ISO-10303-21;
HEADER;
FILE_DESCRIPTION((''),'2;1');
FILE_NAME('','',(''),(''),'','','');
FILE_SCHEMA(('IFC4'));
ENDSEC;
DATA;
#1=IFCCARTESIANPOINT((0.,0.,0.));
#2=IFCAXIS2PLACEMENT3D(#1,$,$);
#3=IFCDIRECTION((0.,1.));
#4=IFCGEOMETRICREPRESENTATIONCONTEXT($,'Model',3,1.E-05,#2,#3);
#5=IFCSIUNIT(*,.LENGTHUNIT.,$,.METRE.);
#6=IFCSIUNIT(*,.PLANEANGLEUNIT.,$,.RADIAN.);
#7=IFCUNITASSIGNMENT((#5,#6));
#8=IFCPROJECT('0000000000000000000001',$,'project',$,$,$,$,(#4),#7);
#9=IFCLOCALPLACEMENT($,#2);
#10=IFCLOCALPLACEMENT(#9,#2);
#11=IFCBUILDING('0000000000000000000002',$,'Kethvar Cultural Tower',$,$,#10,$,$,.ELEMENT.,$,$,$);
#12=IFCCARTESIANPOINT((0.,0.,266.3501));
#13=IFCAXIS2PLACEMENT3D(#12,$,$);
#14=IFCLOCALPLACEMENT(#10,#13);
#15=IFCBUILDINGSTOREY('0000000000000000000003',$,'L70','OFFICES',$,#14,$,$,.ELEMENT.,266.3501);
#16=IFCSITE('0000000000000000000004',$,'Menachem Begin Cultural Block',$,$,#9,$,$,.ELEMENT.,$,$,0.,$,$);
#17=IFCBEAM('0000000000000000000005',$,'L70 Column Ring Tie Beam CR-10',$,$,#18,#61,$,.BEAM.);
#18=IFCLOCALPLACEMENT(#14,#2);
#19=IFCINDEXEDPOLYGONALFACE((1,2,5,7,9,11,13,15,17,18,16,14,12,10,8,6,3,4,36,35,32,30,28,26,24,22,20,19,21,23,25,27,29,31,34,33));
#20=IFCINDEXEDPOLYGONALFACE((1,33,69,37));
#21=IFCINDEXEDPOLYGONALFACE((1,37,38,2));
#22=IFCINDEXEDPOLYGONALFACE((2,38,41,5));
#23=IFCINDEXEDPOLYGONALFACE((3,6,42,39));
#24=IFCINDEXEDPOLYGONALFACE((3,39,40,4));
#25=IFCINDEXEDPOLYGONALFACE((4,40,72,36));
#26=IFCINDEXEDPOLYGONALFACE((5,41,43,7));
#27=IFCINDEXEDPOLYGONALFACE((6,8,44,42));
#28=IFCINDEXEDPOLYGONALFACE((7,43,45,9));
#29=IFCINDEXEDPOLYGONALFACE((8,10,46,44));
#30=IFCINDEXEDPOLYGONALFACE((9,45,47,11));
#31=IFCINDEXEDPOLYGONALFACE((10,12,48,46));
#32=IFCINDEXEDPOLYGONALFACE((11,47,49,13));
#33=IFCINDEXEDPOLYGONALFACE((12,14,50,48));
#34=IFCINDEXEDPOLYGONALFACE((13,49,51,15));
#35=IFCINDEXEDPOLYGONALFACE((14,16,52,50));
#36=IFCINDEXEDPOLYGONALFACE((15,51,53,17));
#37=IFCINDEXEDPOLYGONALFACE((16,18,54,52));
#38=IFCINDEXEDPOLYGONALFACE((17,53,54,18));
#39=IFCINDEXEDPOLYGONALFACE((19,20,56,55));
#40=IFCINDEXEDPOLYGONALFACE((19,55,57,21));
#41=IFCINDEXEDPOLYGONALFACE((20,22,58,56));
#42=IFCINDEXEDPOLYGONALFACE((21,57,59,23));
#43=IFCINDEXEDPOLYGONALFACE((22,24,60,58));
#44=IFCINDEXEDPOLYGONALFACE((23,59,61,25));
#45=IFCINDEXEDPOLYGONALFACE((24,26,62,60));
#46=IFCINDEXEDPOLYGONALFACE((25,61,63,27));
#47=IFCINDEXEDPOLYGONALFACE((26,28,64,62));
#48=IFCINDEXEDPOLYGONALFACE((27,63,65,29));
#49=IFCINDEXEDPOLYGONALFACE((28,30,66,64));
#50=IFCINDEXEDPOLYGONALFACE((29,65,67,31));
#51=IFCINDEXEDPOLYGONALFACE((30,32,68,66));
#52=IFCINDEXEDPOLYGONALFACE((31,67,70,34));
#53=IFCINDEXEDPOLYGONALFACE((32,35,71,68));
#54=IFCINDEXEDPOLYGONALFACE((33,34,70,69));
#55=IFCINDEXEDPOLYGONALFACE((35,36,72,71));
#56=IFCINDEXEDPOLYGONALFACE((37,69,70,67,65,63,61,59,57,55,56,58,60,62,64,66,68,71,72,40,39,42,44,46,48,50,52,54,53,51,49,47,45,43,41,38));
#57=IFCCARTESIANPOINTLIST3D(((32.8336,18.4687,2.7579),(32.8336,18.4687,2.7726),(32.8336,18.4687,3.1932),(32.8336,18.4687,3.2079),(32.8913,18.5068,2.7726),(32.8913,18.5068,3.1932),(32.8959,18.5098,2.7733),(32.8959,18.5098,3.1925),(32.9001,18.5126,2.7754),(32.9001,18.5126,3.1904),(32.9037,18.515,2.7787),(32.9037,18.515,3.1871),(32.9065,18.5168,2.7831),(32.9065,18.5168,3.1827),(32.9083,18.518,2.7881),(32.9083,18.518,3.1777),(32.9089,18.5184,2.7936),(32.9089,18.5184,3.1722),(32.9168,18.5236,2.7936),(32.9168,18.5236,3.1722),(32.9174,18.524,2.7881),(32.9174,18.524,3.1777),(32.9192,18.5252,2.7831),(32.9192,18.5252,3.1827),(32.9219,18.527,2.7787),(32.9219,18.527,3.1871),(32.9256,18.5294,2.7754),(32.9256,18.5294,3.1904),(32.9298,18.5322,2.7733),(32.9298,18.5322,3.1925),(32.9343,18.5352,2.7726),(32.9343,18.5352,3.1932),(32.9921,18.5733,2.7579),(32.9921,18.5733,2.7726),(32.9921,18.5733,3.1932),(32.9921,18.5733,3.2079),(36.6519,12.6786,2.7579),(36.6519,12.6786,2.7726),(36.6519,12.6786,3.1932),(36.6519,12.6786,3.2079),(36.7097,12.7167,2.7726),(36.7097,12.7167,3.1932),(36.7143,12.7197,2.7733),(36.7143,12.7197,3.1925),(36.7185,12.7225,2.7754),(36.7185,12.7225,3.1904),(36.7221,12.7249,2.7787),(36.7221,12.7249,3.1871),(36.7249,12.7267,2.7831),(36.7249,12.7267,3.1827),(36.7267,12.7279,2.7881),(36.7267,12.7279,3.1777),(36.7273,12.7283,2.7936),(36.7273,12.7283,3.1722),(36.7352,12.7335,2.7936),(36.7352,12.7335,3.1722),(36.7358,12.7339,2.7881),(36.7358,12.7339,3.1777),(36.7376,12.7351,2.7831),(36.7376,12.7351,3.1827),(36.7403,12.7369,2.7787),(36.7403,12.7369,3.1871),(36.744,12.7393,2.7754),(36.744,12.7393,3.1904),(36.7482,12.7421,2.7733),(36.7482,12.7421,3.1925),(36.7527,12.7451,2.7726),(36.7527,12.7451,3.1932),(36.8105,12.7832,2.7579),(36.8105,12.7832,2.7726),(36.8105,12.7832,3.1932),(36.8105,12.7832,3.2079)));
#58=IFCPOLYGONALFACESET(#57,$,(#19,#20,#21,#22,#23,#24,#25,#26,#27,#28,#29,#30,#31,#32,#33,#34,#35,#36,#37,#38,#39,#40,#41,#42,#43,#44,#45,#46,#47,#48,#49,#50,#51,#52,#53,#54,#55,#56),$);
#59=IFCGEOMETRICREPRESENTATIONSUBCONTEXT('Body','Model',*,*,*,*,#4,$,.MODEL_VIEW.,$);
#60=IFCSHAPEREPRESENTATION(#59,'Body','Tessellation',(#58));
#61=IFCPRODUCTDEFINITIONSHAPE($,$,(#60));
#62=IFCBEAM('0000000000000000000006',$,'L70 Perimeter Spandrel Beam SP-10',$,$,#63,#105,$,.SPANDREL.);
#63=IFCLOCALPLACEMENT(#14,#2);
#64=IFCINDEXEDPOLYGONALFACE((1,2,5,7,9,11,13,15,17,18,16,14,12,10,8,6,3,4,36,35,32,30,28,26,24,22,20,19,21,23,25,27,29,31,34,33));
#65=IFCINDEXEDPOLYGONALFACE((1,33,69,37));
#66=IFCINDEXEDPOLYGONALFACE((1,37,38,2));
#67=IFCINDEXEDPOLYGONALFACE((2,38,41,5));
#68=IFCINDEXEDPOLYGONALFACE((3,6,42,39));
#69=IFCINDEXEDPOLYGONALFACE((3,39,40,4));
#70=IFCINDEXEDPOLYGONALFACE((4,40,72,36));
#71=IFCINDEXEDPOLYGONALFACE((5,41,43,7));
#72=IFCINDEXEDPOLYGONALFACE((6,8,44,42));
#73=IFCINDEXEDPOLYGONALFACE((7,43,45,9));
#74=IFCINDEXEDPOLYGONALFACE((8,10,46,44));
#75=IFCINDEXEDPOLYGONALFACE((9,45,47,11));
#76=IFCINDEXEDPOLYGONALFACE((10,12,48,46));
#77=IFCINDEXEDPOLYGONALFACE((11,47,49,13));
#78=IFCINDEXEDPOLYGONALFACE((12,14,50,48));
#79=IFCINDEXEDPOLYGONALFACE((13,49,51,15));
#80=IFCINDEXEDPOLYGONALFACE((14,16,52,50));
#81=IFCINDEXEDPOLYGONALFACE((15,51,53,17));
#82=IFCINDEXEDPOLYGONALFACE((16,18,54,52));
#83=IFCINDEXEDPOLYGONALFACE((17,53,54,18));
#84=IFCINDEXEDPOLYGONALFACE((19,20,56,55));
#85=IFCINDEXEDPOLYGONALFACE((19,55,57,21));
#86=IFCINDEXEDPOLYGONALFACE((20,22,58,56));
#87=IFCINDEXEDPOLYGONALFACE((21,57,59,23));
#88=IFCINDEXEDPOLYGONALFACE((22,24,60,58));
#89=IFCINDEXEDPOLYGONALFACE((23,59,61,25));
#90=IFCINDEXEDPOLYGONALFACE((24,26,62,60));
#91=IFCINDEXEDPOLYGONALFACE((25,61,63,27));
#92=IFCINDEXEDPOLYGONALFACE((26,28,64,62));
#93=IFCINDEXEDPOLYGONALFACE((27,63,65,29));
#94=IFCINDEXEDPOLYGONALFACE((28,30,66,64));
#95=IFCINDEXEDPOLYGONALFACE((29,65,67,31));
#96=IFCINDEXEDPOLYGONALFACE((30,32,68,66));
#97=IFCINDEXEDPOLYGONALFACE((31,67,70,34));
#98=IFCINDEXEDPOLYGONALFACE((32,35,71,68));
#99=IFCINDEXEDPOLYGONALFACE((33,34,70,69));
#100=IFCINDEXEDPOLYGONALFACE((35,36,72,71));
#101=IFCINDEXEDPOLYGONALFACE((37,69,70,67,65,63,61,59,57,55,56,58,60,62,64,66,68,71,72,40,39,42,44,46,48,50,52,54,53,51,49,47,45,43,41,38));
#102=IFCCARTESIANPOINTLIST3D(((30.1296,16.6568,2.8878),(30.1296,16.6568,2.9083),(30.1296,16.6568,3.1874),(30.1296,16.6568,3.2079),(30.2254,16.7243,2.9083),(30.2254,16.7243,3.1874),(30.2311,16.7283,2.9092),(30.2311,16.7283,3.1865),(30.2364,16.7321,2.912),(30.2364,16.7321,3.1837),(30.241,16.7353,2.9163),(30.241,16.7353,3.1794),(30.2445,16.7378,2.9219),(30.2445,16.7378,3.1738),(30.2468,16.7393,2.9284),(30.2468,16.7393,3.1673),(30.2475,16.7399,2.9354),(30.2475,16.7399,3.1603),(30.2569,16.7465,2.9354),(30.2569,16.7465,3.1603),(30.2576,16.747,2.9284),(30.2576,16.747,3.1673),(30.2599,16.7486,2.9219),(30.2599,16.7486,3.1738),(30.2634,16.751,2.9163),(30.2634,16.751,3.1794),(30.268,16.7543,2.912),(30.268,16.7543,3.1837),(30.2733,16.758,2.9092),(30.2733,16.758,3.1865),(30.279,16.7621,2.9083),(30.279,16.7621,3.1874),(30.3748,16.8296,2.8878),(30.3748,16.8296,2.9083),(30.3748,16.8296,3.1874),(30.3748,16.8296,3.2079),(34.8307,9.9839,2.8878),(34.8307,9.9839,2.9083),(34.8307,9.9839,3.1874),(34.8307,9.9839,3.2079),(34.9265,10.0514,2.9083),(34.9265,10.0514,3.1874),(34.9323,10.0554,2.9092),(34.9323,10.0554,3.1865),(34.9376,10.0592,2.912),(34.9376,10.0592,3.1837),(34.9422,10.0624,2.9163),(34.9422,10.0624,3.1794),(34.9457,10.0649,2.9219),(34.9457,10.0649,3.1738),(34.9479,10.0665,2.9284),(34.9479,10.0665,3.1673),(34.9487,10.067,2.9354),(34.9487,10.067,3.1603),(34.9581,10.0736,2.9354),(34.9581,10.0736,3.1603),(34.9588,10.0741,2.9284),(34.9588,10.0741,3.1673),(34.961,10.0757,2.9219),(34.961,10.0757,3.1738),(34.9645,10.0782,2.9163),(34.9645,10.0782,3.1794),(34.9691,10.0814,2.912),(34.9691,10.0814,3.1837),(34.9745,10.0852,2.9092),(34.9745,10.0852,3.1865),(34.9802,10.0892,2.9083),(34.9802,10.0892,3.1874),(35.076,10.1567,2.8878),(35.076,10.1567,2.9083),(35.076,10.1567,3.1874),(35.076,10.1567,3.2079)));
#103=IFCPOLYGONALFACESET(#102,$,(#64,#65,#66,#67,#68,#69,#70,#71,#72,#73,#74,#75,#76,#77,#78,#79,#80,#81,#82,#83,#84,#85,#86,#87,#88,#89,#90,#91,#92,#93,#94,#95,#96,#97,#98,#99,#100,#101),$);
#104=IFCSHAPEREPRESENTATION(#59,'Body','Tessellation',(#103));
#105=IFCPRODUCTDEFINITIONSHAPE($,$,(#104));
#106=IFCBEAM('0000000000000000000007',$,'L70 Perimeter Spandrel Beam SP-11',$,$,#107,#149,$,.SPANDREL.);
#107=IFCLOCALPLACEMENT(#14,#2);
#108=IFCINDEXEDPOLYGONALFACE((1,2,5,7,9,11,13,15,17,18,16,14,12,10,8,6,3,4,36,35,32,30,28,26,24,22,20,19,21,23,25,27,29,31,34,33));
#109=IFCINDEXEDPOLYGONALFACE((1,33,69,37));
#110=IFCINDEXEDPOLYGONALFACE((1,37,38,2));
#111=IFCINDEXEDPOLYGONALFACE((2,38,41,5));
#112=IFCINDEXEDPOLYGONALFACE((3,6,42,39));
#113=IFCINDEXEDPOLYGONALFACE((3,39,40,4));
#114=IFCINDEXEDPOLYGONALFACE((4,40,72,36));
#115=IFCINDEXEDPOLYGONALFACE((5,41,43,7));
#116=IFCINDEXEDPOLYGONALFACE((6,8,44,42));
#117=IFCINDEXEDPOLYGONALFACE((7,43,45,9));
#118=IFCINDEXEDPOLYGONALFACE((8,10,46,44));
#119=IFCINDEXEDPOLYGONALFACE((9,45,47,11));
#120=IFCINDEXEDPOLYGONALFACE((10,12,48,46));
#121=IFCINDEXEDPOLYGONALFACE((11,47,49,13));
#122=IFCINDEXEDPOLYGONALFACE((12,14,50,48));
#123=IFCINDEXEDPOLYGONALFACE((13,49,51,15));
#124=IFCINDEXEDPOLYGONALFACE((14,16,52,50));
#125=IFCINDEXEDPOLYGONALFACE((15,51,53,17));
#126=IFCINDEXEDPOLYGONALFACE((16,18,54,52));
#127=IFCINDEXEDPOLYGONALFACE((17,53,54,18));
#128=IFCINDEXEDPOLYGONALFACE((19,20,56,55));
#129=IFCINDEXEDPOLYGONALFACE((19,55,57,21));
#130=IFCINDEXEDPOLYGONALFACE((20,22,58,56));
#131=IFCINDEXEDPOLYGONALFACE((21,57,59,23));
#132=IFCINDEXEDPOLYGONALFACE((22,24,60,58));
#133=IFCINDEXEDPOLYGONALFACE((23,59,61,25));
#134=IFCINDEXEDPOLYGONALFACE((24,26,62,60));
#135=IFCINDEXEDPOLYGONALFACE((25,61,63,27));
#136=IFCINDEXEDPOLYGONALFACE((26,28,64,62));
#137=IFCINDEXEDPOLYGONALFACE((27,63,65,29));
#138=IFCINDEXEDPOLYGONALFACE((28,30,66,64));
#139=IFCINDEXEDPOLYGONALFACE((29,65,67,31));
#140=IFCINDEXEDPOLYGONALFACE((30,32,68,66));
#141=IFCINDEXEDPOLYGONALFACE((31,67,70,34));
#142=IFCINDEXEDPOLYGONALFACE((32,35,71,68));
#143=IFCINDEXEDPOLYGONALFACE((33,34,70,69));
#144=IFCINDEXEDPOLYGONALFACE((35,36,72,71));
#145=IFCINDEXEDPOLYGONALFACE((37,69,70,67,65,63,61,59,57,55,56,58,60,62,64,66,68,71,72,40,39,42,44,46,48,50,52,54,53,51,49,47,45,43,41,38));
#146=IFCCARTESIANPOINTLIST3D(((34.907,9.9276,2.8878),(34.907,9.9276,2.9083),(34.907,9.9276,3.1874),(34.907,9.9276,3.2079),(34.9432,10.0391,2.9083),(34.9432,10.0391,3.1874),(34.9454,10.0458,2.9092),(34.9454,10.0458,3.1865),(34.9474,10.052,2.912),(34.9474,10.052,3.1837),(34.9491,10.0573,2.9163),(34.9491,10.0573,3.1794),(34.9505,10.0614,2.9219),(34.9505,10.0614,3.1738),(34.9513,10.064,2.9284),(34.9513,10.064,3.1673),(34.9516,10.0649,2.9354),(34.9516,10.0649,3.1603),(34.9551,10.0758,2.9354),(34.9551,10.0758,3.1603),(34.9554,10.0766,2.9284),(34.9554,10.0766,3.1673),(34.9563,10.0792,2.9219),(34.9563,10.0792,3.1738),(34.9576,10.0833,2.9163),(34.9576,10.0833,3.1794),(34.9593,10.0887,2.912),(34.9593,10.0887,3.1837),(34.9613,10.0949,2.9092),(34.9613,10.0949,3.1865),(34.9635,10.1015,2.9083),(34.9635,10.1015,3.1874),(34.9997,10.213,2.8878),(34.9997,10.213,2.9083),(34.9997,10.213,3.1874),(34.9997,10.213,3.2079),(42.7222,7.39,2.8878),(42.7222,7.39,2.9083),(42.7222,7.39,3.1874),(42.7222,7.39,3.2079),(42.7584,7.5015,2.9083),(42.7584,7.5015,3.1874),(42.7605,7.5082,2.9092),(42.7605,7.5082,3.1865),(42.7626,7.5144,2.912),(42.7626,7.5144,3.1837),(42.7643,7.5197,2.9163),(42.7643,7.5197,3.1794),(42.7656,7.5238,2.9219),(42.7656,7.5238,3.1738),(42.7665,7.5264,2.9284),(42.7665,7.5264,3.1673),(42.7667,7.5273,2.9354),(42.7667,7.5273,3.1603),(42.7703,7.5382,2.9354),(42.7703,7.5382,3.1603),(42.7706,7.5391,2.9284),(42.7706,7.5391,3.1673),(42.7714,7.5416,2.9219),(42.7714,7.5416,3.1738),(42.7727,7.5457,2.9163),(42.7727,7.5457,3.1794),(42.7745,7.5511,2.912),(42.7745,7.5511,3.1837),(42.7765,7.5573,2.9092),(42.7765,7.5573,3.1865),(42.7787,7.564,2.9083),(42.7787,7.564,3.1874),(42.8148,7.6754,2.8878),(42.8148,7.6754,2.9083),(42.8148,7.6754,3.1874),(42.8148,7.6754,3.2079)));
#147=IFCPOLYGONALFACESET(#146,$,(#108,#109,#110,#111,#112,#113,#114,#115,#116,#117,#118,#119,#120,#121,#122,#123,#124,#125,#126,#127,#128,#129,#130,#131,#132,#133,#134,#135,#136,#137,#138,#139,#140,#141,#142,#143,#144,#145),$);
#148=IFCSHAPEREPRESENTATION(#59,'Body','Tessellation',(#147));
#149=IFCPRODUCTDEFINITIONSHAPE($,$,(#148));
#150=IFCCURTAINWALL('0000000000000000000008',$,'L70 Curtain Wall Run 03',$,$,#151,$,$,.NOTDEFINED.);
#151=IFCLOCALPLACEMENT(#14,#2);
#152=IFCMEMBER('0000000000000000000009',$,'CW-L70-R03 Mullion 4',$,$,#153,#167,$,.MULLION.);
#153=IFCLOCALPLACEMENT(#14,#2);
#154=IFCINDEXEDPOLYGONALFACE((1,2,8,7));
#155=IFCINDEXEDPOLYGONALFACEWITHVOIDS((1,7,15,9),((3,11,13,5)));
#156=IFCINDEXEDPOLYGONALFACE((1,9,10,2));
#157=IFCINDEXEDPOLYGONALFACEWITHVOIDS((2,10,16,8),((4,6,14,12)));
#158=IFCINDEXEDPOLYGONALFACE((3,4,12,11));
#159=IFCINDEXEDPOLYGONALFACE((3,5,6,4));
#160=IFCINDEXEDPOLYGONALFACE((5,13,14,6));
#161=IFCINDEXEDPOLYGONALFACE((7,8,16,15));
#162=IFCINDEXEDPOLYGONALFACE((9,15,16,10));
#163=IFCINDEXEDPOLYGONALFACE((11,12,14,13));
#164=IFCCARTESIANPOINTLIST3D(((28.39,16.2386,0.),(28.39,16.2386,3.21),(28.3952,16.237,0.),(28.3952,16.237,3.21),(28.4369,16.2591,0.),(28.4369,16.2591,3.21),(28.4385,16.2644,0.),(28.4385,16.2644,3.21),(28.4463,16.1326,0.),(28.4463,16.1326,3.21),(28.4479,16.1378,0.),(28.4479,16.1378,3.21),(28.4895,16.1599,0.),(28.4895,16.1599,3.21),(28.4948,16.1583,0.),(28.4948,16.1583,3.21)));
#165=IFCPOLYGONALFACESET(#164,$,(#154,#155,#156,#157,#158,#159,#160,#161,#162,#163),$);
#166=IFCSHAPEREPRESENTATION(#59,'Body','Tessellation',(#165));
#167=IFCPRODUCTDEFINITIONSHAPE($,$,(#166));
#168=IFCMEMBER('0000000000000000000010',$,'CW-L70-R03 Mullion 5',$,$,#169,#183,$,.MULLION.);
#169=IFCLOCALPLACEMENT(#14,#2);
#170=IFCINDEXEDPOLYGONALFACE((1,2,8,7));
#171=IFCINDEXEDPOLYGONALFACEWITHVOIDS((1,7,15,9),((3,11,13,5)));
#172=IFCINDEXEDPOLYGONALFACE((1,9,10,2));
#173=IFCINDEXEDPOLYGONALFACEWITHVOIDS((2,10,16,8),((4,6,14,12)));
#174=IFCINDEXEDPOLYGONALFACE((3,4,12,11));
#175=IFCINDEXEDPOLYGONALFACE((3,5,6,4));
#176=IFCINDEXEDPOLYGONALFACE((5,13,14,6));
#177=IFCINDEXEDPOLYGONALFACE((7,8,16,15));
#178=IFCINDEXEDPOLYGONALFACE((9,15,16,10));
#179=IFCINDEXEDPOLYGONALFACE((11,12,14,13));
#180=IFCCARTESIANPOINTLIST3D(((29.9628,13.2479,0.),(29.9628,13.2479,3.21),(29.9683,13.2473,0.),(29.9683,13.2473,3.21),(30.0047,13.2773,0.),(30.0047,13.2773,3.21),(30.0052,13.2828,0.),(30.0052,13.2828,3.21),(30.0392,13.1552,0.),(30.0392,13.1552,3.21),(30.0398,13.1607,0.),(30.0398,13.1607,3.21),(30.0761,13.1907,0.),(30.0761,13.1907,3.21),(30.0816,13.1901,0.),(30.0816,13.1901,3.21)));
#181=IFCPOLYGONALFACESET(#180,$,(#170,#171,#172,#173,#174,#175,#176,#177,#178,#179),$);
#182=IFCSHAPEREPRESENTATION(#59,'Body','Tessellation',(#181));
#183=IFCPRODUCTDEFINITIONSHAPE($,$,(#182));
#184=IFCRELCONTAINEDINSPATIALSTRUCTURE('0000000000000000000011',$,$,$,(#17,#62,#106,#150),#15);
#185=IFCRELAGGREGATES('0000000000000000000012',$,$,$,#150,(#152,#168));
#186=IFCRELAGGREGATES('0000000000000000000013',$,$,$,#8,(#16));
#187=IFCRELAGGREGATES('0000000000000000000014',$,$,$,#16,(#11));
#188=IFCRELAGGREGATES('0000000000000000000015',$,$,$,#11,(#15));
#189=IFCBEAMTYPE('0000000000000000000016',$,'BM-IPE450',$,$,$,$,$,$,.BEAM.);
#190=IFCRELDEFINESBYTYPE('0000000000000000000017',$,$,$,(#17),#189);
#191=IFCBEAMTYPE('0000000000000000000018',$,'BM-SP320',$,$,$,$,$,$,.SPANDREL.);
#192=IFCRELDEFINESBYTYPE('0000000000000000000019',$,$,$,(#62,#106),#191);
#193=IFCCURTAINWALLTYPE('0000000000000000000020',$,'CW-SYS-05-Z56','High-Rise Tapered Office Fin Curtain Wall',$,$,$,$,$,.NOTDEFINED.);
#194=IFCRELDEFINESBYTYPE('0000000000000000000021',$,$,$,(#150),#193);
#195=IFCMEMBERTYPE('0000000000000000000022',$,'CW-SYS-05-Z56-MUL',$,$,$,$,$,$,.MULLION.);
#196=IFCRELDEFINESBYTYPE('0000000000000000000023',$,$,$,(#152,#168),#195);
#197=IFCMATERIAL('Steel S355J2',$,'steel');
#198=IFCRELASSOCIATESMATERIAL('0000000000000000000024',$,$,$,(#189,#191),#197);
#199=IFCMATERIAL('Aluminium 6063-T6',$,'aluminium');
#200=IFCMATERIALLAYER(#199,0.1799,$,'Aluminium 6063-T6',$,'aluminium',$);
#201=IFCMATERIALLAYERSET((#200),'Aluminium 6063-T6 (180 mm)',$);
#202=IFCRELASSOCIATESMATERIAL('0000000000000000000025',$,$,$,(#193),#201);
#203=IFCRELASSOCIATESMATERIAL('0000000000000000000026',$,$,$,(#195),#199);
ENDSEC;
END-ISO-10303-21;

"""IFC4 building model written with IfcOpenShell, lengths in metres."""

from ifc_helpers import new_model, si_unit, direction, frame, origin, origin_2d, place, context, subcontext, project, spatial, hollow_rectangle, i_section, extrude, source, transform, mapped, material, layer, layer_set, material_profile, profile_set, type_object, element, aggregate, save


model = new_model("IFC4")

# Units and contexts
model_context = context("Model", 3, precision=1e-05, world=origin(), true_north=direction((0.0, 1.0)))
body_context = subcontext(model_context, "Body", "Model", "MODEL_VIEW")
ifc_project = project(units=[si_unit("LENGTHUNIT", "METRE"), si_unit("PLANEANGLEUNIT", "RADIAN")], contexts=[model_context])

# Site, building, storey
site_placement = place(None, origin())
site = spatial("IfcSite", under=ifc_project, at=site_placement, Name="Menachem Begin Cultural Block", CompositionType="ELEMENT", RefElevation=0.0)
building_placement = place(site_placement, origin())
building = spatial("IfcBuilding", under=site, at=building_placement, Name="Kethvar Cultural Tower", CompositionType="ELEMENT")
storey_placement = place(building_placement, frame((0.0, 0.0, 266.3501)))
storey = spatial("IfcBuildingStorey", under=building, at=storey_placement, Name="L70", Description="OFFICES", CompositionType="ELEMENT", Elevation=266.3501)

# Shared definitions
ifc_material_1 = material(Name="Steel S355J2", Category="steel")

# Beams
ifc_material_profile_1 = material_profile(ifc_material_1, i_section(OverallWidth=0.1899, OverallDepth=0.45, WebThickness=0.0095, FlangeThickness=0.0146, FilletRadius=0.021, at=origin_2d()), Name="Steel S355J2 — IPE450")
ifc_profile_set_1 = profile_set([ifc_material_profile_1], Name="Steel S355J2 — IPE450")
beam_type_1 = type_object("IfcBeamType", Name="BM-IPE450", PredefinedType="BEAM", material=ifc_profile_set_1)
ifc_material_profile_2 = material_profile(ifc_material_1, i_section(OverallWidth=0.3, OverallDepth=0.3201, WebThickness=0.0115, FlangeThickness=0.0205, FilletRadius=0.0271, at=origin_2d()), Name="Steel S355J2 — HEB320")
ifc_profile_set_2 = profile_set([ifc_material_profile_2], Name="Steel S355J2 — HEB320")
beam_type_2 = type_object("IfcBeamType", Name="BM-SP320", PredefinedType="SPANDREL", material=ifc_profile_set_2)
shared_shape_1 = source(origin(), body_context, "Body", "SweptSolid", [
    extrude(i_section(OverallWidth=0.1899, OverallDepth=0.45, WebThickness=0.0095, FlangeThickness=0.0146, FilletRadius=0.021, at=origin_2d()), origin(), (0.0, 0.0, 1.0), 6.9358),
])
beam_1_placement = place(storey_placement, frame((32.9128, 18.521, 2.9829), z_axis=(0.550534, -0.834813, 0.0), x_axis=(0.834813, 0.550534, 0.0)))
element("IfcBeam", 1, at=beam_1_placement, inside=storey, type_object=beam_type_1, Name="L70 Column Ring Tie Beam CR-10", PredefinedType="BEAM", context=body_context, shape_type="MappedRepresentation", body=[
    mapped(shared_shape_1, transform((0.0, 0.0, 0.0), scale=1.0)),
])
shared_shape_2 = source(origin(), body_context, "Body", "SweptSolid", [
    extrude(i_section(OverallWidth=0.3, OverallDepth=0.3201, WebThickness=0.0115, FlangeThickness=0.0205, FilletRadius=0.0271, at=origin_2d()), origin(), (0.0, 0.0, 1.0), 8.1626),
])
beam_2_placement = place(storey_placement, frame((30.2522, 16.7432, 3.0479), z_axis=(0.575941, -0.817491, 0.0), x_axis=(0.817491, 0.575941, 0.0)))
element("IfcBeam", 2, at=beam_2_placement, inside=storey, type_object=beam_type_2, Name="L70 Perimeter Spandrel Beam SP-10", PredefinedType="SPANDREL", context=body_context, shape_type="MappedRepresentation", body=[
    mapped(shared_shape_2, transform((0.0, 0.0, 0.0), scale=1.0)),
])
shared_shape_3 = source(origin(), body_context, "Body", "SweptSolid", [
    extrude(i_section(OverallWidth=0.3, OverallDepth=0.3201, WebThickness=0.0115, FlangeThickness=0.0205, FilletRadius=0.0271, at=origin_2d()), origin(), (0.0, 0.0, 1.0), 8.2168),
])
beam_3_placement = place(storey_placement, frame((34.9534, 10.0703, 3.0479), z_axis=(0.951118, -0.308829, 0.0), x_axis=(0.308829, 0.951118, 0.0)))
element("IfcBeam", 3, at=beam_3_placement, inside=storey, type_object=beam_type_2, Name="L70 Perimeter Spandrel Beam SP-11", PredefinedType="SPANDREL", context=body_context, shape_type="MappedRepresentation", body=[
    mapped(shared_shape_3, transform((0.0, 0.0, 0.0), scale=1.0)),
])

# Curtain wall, members
ifc_material_2 = material(Name="Aluminium 6063-T6", Category="aluminium")
ifc_layer_1 = layer(ifc_material_2, 0.1799, Name="Aluminium 6063-T6", Category="aluminium")
ifc_layer_set_1 = layer_set([ifc_layer_1], Name="Aluminium 6063-T6 (180 mm)")
curtain_wall_type = type_object("IfcCurtainWallType", Name="CW-SYS-05-Z56", Description="High-Rise Tapered Office Fin Curtain Wall", PredefinedType="NOTDEFINED", material=ifc_layer_set_1)
curtain_wall_1_placement = place(storey_placement, origin())
curtain_wall_1 = element("IfcCurtainWall", 4, at=curtain_wall_1_placement, inside=storey, type_object=curtain_wall_type, Name="L70 Curtain Wall Run 03", PredefinedType="NOTDEFINED")
ifc_material_profile_3 = material_profile(ifc_material_2, hollow_rectangle(XDim=0.0549, YDim=0.1201, WallThickness=0.0039, at=origin_2d()), Name="Aluminium 6063-T6 — RHS120x55x4")
ifc_profile_set_3 = profile_set([ifc_material_profile_3], Name="Aluminium 6063-T6 — RHS120x55x4")
member_type_1 = type_object("IfcMemberType", Name="CW-SYS-05-Z56-MUL", PredefinedType="MULLION", material=ifc_profile_set_3)
shared_shape_4 = source(origin(), body_context, "Body", "SweptSolid", [
    extrude(hollow_rectangle(XDim=0.0549, YDim=0.1201, WallThickness=0.0039, at=origin_2d()), origin(), (0.0, 0.0, 1.0), 3.21),
])
member_1_placement = place(storey_placement, frame((28.4424, 16.1985, 0.0), z_axis=(0.0, 0.0, 1.0), x_axis=(0.883201, 0.468994, 0.0)))
member_1 = element("IfcMember", 5, at=member_1_placement, type_object=member_type_1, Name="CW-L70-R03 Mullion 4", PredefinedType="MULLION", context=body_context, shape_type="MappedRepresentation", body=[
    mapped(shared_shape_4, transform((0.0, 0.0, 0.0), scale=1.0)),
])
member_2_placement = place(storey_placement, frame((30.0222, 13.219, 0.0), z_axis=(0.0, 0.0, 1.0), x_axis=(0.771636, 0.636065, 0.0)))
member_2 = element("IfcMember", 6, at=member_2_placement, type_object=member_type_1, Name="CW-L70-R03 Mullion 5", PredefinedType="MULLION", context=body_context, shape_type="MappedRepresentation", body=[
    mapped(shared_shape_4, transform((0.0, 0.0, 0.0), scale=1.0)),
])

aggregate(curtain_wall_1, [member_1, member_2])

save(model, "model.ifc")
